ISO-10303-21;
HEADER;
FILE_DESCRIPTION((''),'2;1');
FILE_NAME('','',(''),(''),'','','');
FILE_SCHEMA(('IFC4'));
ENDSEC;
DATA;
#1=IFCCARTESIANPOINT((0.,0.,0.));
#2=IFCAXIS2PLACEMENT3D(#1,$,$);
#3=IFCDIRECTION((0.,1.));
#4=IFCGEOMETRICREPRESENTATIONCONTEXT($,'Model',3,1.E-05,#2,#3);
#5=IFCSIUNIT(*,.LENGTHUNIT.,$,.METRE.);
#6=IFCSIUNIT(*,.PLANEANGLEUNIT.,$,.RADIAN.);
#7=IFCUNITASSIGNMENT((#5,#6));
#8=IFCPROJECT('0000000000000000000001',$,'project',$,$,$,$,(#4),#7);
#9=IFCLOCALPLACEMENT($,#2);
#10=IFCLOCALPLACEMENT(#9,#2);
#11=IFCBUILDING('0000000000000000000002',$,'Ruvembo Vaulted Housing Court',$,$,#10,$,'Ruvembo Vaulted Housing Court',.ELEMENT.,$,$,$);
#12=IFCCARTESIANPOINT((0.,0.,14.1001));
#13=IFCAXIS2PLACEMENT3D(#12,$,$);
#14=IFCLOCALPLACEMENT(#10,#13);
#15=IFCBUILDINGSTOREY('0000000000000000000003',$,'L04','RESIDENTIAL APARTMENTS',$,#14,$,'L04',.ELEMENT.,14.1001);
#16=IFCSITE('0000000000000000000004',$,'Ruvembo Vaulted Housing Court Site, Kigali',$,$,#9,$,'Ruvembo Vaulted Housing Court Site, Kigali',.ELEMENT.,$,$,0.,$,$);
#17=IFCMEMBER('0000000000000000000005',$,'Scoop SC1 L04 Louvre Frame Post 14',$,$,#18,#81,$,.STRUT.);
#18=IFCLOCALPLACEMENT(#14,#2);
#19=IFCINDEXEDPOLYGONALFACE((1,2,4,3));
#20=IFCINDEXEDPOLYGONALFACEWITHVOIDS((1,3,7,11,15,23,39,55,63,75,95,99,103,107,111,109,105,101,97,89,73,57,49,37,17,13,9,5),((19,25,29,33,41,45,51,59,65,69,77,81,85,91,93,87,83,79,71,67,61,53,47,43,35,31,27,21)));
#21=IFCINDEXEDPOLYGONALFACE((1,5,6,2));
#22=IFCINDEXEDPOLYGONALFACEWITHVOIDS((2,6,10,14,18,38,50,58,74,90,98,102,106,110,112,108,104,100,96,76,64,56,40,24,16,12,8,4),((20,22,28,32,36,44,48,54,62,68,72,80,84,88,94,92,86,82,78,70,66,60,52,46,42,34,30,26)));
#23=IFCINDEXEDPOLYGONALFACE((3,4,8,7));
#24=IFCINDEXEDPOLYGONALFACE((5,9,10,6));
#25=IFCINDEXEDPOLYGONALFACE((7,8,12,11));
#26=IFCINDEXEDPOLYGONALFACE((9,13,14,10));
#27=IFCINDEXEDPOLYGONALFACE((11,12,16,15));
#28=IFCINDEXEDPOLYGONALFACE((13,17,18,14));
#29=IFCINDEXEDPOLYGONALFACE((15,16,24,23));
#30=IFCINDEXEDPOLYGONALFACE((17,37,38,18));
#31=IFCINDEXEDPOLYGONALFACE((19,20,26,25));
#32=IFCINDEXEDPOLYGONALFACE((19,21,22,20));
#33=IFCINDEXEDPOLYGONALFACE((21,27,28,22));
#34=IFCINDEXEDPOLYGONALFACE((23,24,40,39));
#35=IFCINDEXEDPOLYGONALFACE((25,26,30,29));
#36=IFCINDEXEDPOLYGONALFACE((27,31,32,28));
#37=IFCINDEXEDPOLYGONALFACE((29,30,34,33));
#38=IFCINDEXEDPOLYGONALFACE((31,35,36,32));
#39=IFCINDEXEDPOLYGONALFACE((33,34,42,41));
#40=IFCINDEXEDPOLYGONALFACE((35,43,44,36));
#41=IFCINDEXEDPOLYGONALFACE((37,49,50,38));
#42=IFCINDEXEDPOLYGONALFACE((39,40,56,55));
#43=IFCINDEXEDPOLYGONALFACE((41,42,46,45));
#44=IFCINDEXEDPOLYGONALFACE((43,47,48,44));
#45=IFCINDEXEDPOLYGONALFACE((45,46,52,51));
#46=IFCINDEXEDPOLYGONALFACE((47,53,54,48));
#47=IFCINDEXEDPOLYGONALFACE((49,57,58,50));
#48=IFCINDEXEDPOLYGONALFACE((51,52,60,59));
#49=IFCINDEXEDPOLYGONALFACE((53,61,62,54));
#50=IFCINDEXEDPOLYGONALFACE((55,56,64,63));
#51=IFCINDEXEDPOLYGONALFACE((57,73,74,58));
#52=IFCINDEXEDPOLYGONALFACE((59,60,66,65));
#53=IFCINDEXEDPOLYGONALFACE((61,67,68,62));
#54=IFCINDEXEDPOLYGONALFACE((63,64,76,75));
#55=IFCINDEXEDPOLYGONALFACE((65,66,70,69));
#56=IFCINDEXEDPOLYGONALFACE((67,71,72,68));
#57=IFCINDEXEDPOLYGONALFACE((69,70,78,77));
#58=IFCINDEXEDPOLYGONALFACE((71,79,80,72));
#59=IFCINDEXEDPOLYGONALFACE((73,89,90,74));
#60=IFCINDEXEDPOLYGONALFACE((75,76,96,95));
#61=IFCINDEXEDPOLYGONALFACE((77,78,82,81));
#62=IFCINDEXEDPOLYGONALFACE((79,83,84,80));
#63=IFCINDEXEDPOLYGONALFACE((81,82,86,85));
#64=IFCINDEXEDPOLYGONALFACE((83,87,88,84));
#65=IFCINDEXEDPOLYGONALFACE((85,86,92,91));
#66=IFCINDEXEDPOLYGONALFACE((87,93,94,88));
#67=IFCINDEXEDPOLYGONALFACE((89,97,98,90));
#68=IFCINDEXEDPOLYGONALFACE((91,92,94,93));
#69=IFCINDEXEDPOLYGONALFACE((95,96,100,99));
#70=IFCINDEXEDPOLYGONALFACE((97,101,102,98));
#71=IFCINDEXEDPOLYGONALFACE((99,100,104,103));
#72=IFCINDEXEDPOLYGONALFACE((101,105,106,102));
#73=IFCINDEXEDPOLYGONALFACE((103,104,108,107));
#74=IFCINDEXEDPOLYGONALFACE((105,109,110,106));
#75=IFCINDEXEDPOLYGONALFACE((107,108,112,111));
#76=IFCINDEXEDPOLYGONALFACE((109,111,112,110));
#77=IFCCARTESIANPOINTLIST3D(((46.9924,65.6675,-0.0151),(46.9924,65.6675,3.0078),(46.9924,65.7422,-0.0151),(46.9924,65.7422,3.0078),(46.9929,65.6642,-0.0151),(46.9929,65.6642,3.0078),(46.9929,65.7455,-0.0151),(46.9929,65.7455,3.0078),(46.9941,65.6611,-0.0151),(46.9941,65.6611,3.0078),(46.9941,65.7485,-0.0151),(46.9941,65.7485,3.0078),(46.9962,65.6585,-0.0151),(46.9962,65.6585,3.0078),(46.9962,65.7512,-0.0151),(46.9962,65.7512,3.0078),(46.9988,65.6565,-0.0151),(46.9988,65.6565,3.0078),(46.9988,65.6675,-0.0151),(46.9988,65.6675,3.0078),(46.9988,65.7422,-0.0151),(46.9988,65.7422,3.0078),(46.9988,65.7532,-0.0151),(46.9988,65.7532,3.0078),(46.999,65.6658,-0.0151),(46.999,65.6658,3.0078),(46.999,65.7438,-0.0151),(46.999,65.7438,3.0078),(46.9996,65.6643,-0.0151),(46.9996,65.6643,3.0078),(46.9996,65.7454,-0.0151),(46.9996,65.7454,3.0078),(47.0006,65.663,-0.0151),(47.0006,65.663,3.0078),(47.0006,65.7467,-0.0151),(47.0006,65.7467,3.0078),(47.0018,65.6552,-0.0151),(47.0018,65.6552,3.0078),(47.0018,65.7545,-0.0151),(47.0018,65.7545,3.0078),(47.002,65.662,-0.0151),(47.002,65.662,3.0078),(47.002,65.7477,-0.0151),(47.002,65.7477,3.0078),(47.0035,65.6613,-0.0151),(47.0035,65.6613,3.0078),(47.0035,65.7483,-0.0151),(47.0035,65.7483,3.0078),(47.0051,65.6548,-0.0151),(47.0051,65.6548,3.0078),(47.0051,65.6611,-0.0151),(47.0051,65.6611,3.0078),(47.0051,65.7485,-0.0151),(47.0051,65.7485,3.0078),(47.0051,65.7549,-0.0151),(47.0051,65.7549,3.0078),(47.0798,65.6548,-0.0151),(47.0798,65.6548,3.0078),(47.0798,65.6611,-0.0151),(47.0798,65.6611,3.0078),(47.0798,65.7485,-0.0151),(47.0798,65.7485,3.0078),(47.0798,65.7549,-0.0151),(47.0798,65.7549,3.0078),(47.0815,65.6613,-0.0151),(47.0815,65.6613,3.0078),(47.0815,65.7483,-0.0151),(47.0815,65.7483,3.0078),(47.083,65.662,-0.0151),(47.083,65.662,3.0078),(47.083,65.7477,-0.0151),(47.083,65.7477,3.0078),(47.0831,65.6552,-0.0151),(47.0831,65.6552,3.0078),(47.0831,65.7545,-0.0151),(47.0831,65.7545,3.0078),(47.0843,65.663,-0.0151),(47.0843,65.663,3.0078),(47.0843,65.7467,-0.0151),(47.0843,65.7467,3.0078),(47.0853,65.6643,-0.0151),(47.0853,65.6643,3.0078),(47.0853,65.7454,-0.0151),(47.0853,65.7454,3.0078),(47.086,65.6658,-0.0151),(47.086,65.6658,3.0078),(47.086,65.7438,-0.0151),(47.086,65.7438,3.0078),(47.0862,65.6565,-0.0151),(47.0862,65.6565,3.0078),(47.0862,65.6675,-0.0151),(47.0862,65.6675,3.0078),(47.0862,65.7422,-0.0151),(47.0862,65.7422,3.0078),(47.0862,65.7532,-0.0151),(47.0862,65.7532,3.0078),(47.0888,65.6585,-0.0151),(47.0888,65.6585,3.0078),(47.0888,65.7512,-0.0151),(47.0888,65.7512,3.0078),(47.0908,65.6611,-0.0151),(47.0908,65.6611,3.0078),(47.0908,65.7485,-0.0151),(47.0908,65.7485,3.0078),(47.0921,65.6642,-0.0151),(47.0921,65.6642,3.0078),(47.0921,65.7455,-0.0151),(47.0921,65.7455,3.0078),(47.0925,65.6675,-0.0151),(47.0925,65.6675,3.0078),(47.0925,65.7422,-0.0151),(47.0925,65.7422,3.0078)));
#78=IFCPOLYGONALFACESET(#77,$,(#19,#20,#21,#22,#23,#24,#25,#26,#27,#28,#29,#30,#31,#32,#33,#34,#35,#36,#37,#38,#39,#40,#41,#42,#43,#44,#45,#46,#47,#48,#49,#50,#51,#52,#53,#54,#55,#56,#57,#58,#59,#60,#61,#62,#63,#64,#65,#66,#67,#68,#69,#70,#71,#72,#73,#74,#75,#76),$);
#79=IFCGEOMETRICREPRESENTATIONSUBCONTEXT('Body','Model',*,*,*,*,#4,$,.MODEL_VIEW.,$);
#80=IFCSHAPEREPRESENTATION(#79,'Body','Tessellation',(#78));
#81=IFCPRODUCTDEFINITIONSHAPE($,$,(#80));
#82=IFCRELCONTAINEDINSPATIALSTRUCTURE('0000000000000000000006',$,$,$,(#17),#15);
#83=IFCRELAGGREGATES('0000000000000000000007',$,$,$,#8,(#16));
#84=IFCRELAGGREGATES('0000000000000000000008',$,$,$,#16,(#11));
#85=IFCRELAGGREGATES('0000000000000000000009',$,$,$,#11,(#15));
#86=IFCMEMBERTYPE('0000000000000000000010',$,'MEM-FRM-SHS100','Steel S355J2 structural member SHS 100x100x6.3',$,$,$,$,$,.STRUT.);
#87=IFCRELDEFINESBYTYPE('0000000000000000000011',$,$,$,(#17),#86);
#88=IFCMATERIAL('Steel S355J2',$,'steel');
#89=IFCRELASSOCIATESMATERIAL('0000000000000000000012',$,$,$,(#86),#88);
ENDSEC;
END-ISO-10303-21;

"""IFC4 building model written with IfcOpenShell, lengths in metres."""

from ifc_helpers import new_model, si_unit, direction, frame, origin, origin_2d, place, context, subcontext, project, spatial, hollow_rectangle, extrude, material, material_profile, profile_set, type_object, element, save


model = new_model("IFC4")

# Units and contexts
model_context = context("Model", 3, precision=1e-05, world=origin(), true_north=direction((0.0, 1.0)))
body_context = subcontext(model_context, "Body", "Model", "MODEL_VIEW")
ifc_project = project(units=[si_unit("LENGTHUNIT", "METRE"), si_unit("PLANEANGLEUNIT", "RADIAN")], contexts=[model_context])

# Site, building, storey
site_placement = place(None, origin())
site = spatial("IfcSite", under=ifc_project, at=site_placement, Name="Ruvembo Vaulted Housing Court Site, Kigali", LongName="Ruvembo Vaulted Housing Court Site, Kigali", CompositionType="ELEMENT", RefElevation=0.0)
building_placement = place(site_placement, origin())
building = spatial("IfcBuilding", under=site, at=building_placement, Name="Ruvembo Vaulted Housing Court", LongName="Ruvembo Vaulted Housing Court", CompositionType="ELEMENT")
storey_placement = place(building_placement, frame((0.0, 0.0, 14.1001)))
storey = spatial("IfcBuildingStorey", under=building, at=storey_placement, Name="L04", Description="RESIDENTIAL APARTMENTS", LongName="L04", CompositionType="ELEMENT", Elevation=14.1001)

# Shared definitions
ifc_material_1 = material(Name="Steel S355J2", Category="steel")

# Member
ifc_material_profile_1 = material_profile(ifc_material_1, hollow_rectangle(XDim=0.1001, YDim=0.1001, WallThickness=0.0063, InnerFilletRadius=0.0063, OuterFilletRadius=0.0127, at=origin_2d()), Name="SHS 100x100x6.3")
ifc_profile_set_1 = profile_set([ifc_material_profile_1], Name="Steel S355J2")
member_type_1 = type_object("IfcMemberType", Name="MEM-FRM-SHS100", Description="Steel S355J2 structural member SHS 100x100x6.3", PredefinedType="STRUT", material=ifc_profile_set_1)
for number, where, z_axis, x_axis, name in (
    (1, (47.0425, 65.7048, -0.0151), (0.0, 0.0, 1.0), (1.0, 0.0, 0.0), "Scoop SC1 L04 Louvre Frame Post 14"),
):
    element("IfcMember", number, at=place(storey_placement, frame(where, z_axis=z_axis, x_axis=x_axis)), inside=storey, type_object=member_type_1, Name=name, PredefinedType="STRUT", context=body_context, shape_type="SweptSolid", body=[
        extrude(hollow_rectangle(XDim=0.1001, YDim=0.1001, WallThickness=0.0063, InnerFilletRadius=0.0063, OuterFilletRadius=0.0127, at=origin_2d()), origin(), (0.0, 0.0, 1.0), 3.0229),
    ])

save(model, "model.ifc")
